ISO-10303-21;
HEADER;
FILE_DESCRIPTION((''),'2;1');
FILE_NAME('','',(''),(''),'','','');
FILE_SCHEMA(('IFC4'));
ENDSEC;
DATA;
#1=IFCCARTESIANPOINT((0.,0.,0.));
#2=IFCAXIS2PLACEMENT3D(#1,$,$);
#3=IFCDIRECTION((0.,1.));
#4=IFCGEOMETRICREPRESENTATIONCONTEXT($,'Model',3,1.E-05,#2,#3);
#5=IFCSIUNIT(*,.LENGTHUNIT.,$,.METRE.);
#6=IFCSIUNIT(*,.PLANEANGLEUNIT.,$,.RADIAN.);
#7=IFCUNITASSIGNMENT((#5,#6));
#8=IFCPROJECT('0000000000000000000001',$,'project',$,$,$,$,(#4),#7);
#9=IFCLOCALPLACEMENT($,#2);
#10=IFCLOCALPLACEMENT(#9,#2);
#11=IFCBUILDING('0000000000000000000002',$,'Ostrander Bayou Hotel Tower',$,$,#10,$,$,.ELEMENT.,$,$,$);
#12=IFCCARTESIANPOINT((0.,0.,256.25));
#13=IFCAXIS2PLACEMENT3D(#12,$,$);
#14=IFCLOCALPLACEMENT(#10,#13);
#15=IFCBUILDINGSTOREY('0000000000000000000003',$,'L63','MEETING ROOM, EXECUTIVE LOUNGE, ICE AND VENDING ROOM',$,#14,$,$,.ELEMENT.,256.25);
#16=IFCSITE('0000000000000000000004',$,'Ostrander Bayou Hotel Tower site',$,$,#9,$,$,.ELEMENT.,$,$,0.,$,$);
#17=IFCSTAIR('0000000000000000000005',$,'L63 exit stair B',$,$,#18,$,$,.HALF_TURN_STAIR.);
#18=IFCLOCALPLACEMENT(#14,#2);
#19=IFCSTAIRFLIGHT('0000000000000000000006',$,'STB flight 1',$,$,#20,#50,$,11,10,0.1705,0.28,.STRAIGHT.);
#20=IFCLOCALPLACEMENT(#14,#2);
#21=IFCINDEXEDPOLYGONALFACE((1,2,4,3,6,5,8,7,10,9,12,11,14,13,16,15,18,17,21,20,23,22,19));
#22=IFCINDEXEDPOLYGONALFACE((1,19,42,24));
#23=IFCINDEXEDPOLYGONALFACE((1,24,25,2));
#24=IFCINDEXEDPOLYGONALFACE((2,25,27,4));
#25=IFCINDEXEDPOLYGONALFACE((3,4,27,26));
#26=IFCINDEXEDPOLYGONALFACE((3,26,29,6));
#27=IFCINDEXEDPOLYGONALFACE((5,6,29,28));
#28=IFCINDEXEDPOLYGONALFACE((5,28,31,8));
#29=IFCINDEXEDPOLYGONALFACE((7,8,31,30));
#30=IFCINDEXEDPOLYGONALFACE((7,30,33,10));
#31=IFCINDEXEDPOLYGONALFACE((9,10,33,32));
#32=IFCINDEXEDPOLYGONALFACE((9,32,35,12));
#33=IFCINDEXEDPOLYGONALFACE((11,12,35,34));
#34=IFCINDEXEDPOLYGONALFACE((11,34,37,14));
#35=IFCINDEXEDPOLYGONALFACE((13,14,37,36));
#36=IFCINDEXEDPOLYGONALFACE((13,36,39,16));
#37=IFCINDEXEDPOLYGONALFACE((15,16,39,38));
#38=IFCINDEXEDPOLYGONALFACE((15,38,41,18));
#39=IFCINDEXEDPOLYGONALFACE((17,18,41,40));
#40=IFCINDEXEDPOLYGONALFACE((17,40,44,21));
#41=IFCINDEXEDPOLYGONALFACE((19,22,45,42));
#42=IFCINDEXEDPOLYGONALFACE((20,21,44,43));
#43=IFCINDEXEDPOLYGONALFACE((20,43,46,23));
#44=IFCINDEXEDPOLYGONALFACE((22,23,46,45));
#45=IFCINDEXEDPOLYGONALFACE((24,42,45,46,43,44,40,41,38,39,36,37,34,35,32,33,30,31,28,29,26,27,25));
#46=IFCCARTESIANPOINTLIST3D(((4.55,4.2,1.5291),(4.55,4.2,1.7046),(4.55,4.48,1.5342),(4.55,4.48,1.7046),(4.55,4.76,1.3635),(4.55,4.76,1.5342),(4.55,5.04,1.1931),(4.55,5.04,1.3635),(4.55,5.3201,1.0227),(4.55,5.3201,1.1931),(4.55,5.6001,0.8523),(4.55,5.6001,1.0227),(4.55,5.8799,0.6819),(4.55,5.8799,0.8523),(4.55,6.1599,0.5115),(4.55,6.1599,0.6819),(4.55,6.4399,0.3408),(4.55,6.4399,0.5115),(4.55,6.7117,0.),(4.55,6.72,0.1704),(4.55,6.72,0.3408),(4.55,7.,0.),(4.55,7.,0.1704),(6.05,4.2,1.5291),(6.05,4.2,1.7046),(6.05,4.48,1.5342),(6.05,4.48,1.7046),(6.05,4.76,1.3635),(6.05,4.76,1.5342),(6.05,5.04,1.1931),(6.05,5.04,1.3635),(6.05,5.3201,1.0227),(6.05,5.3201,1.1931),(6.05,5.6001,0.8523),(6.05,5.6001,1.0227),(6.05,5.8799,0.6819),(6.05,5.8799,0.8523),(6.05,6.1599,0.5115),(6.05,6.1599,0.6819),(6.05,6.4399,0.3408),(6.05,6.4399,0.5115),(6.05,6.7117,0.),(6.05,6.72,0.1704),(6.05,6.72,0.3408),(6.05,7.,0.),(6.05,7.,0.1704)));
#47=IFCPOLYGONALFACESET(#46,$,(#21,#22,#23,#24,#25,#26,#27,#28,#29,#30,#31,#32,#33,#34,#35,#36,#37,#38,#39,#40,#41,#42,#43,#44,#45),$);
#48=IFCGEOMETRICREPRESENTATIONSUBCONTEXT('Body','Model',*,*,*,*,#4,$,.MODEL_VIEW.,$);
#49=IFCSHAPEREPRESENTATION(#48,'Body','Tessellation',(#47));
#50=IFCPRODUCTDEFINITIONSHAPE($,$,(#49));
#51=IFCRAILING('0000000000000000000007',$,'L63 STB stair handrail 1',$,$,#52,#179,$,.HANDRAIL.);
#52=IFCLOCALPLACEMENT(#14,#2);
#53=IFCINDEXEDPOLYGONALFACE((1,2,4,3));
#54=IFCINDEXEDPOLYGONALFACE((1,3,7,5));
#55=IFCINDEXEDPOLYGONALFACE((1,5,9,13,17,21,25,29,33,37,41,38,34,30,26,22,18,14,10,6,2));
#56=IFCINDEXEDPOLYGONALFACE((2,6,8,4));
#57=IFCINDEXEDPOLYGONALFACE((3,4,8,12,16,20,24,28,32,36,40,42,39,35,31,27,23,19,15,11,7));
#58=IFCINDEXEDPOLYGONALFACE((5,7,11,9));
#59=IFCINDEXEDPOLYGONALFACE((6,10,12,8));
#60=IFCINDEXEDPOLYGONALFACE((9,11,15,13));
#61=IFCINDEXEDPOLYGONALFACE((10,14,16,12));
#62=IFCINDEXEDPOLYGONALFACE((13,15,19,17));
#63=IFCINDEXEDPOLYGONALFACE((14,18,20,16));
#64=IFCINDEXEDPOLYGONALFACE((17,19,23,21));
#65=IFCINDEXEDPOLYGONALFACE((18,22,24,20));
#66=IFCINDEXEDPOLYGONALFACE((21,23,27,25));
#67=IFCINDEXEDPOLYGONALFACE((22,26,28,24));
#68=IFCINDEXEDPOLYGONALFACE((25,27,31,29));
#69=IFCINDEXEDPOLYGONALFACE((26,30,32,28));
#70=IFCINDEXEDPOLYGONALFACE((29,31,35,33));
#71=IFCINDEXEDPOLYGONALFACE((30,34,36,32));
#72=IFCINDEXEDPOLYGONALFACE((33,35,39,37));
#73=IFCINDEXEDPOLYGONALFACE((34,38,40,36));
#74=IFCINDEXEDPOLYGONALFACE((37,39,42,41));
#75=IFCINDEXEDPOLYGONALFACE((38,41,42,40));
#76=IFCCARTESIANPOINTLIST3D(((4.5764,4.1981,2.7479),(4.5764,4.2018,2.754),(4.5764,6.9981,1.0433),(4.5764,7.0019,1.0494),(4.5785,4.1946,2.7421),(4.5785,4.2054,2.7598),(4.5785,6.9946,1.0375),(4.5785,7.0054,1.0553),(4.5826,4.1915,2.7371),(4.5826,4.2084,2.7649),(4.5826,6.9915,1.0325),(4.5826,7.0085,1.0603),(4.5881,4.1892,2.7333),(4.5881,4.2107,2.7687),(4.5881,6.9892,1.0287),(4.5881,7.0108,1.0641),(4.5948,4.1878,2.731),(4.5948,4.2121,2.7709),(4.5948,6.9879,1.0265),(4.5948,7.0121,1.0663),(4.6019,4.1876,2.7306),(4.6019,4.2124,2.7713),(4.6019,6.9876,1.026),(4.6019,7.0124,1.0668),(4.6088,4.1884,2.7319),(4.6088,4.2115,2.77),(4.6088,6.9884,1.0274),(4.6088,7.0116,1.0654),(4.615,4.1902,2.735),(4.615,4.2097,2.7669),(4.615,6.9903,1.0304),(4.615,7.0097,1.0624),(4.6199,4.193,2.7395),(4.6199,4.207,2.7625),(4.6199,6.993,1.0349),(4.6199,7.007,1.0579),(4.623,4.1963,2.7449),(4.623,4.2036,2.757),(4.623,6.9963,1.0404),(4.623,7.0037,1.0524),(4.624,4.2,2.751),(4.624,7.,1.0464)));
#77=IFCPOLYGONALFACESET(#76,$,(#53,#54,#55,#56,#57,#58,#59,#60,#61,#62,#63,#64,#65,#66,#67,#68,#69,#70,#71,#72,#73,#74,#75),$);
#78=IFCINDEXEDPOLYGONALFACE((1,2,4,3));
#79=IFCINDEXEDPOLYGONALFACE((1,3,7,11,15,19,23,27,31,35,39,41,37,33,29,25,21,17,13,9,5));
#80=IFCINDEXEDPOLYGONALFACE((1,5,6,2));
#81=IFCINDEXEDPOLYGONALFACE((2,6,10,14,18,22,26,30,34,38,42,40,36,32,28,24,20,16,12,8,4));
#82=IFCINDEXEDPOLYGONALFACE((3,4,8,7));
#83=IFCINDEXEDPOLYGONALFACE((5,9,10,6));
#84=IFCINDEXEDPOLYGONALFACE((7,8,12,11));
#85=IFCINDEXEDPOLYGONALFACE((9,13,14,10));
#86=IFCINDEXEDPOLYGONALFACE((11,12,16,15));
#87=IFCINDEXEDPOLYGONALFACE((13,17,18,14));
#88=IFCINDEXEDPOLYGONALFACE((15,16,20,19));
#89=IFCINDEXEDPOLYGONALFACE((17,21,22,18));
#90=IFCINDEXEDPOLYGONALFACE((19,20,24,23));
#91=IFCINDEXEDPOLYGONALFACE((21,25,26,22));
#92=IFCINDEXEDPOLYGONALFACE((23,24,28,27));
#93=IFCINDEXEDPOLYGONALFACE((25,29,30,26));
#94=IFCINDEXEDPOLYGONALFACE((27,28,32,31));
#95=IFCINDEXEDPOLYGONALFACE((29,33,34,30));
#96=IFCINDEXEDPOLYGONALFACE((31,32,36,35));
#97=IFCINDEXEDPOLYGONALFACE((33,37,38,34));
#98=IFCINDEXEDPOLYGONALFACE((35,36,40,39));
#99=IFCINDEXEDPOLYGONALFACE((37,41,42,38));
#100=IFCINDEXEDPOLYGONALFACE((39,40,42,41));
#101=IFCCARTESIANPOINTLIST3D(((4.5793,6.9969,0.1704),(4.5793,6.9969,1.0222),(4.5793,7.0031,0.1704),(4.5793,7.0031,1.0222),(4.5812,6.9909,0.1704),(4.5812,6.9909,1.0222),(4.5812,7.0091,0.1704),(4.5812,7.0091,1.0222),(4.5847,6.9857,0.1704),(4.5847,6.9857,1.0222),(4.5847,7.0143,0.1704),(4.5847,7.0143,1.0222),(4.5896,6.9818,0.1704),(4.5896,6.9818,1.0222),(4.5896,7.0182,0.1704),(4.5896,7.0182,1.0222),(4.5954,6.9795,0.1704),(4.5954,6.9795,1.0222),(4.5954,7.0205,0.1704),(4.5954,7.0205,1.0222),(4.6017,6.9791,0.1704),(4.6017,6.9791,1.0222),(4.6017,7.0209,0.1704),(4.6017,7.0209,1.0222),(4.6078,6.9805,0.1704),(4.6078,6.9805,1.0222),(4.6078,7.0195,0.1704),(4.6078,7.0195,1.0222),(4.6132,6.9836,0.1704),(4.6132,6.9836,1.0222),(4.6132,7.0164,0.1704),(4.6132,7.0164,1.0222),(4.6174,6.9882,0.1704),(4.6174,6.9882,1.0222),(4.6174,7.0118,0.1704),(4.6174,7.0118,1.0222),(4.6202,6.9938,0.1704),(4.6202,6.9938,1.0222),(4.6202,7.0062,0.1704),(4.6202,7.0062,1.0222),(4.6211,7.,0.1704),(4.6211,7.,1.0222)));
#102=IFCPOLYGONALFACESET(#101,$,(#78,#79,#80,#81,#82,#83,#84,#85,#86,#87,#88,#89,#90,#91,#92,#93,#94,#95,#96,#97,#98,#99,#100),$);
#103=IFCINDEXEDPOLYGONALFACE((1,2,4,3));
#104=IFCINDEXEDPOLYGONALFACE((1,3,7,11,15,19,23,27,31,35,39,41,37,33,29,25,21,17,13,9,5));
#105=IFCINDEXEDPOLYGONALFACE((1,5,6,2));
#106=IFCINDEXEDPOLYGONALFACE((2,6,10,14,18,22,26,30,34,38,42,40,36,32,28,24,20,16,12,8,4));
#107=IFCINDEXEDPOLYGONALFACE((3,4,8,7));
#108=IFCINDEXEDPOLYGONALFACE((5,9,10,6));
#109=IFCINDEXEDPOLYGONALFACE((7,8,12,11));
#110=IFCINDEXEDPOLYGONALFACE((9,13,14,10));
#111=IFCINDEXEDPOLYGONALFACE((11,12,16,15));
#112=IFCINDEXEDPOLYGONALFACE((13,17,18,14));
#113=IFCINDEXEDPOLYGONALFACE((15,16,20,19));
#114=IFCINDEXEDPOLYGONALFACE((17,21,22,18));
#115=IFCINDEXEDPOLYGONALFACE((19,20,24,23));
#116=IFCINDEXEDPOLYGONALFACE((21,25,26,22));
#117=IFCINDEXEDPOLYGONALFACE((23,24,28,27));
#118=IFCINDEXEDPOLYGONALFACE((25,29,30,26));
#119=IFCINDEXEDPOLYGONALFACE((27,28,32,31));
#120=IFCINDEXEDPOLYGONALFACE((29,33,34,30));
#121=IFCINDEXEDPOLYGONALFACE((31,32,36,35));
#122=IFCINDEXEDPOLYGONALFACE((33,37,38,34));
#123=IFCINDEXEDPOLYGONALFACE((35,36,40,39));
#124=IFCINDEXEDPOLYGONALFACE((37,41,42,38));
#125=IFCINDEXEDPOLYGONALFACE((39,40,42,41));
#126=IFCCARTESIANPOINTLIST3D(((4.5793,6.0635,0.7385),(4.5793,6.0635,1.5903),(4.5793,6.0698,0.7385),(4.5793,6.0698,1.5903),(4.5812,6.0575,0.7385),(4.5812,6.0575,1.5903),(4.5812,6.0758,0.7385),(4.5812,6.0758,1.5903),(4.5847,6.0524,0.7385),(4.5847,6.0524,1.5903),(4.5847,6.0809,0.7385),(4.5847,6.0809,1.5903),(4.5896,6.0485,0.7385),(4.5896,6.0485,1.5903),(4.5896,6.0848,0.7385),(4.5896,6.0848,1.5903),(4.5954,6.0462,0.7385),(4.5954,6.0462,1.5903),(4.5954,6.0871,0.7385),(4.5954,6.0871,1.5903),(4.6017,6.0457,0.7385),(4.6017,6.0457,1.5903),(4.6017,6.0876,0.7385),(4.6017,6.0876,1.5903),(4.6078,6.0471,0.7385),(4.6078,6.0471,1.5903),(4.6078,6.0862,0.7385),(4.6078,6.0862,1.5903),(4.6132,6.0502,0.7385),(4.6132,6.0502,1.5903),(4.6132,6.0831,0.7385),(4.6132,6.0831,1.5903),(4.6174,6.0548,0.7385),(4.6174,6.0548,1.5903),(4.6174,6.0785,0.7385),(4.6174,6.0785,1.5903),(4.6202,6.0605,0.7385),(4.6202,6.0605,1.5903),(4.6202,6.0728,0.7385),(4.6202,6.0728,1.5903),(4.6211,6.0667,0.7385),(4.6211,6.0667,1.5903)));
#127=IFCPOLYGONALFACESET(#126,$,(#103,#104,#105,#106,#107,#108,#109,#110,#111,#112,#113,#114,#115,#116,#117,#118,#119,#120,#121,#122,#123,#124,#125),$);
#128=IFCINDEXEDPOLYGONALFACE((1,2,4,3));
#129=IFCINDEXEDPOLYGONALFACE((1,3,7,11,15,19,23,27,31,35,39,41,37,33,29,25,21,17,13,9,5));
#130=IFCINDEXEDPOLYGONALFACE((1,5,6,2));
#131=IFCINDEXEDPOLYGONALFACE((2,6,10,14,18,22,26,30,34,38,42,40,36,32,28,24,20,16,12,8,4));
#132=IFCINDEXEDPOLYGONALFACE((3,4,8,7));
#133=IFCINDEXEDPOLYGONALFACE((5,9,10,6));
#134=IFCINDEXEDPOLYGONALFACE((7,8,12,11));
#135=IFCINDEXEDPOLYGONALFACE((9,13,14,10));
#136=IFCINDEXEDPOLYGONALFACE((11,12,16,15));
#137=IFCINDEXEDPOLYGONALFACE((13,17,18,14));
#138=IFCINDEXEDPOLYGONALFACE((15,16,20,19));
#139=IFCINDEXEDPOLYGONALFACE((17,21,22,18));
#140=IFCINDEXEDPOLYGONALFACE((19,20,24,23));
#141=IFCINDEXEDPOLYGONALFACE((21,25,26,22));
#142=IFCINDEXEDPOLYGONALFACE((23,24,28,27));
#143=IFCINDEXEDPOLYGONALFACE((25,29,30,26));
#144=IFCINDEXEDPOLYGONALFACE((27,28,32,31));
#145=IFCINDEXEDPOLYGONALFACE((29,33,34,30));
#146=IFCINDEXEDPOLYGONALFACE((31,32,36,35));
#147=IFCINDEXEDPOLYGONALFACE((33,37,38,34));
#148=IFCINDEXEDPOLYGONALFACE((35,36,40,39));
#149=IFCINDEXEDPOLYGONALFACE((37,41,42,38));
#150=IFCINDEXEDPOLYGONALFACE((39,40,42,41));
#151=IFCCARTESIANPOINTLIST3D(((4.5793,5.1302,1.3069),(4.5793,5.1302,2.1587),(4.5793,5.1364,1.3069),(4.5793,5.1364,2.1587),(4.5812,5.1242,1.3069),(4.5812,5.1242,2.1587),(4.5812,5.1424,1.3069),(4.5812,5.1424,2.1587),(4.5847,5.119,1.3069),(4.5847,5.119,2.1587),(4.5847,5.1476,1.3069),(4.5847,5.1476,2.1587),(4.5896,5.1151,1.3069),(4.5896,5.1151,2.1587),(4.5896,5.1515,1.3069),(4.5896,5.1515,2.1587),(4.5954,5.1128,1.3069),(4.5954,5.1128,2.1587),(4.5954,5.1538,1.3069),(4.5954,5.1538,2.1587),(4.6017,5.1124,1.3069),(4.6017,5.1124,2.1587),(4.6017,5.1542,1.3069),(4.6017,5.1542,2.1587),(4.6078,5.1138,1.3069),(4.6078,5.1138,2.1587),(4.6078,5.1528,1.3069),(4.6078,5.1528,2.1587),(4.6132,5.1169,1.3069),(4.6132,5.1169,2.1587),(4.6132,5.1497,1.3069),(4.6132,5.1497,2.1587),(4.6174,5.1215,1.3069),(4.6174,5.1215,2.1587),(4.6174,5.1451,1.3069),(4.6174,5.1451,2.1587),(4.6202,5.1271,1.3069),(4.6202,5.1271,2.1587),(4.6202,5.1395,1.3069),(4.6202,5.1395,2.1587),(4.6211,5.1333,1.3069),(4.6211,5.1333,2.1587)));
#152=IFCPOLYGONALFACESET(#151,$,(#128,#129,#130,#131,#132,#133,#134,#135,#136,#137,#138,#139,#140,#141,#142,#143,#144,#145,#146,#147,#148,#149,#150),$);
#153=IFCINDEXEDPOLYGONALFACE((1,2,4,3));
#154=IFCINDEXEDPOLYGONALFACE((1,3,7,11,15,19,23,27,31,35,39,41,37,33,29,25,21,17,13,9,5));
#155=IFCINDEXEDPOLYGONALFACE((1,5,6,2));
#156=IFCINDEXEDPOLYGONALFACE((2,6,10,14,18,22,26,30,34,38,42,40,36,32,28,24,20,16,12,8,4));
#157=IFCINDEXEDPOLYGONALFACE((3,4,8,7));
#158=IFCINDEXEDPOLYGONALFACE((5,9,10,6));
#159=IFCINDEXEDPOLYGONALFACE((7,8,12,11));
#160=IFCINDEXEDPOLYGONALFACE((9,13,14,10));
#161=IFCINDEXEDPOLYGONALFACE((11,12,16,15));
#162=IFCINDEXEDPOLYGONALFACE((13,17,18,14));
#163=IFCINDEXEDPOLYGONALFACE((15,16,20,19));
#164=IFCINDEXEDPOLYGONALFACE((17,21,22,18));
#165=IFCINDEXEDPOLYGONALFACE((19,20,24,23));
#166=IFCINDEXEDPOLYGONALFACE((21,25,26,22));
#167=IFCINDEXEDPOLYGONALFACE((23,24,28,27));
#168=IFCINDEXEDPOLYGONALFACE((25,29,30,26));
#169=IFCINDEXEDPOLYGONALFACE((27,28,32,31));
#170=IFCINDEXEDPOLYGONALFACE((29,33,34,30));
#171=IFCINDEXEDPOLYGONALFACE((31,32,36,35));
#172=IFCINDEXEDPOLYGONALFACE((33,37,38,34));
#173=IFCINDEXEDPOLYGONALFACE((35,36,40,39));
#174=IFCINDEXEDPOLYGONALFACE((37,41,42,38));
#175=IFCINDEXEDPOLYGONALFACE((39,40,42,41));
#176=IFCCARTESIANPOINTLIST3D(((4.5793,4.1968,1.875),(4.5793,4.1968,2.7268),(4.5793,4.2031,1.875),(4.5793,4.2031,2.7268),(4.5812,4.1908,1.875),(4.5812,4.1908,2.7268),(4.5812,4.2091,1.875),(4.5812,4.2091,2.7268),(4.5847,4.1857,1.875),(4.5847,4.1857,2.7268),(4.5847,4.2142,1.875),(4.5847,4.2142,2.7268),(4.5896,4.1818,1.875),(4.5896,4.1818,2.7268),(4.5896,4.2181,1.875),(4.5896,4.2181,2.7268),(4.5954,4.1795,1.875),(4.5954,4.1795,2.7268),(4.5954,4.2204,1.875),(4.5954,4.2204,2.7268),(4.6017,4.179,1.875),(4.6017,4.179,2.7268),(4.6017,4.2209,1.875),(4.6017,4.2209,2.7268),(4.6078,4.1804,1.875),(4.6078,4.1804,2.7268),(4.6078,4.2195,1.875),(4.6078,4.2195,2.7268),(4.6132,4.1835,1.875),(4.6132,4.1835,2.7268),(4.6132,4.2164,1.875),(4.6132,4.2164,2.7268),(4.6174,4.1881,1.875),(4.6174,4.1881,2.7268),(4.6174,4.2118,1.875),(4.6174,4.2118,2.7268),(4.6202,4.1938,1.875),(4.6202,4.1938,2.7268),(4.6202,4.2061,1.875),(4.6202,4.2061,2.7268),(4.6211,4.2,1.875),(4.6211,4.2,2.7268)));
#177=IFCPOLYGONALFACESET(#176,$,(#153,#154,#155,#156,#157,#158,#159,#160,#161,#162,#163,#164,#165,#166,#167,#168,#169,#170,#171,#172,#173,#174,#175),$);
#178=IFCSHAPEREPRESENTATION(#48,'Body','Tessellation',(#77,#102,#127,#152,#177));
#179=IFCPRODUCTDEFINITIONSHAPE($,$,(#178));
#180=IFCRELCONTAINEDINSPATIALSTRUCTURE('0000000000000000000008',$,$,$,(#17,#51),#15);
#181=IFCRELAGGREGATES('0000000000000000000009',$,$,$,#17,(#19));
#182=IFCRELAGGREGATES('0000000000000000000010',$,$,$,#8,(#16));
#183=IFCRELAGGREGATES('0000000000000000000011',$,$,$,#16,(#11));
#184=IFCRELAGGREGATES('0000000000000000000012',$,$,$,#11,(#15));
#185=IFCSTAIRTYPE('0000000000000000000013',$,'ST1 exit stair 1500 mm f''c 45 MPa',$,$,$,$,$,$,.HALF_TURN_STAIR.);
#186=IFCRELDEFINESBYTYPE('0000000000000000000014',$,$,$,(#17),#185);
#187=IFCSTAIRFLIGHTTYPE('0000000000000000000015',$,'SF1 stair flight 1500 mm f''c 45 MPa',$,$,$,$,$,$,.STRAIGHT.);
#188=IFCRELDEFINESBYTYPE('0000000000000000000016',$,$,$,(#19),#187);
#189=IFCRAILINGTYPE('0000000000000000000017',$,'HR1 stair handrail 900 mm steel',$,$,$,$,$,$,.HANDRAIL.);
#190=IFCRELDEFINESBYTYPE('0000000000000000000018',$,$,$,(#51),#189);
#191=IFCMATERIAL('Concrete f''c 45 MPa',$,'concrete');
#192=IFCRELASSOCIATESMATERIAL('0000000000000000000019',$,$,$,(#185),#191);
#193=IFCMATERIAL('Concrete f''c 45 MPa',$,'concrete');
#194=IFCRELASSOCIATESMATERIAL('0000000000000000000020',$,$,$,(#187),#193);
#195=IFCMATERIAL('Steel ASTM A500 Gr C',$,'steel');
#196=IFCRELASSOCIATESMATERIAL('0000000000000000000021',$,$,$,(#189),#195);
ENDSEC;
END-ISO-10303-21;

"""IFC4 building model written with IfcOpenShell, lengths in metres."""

from ifc_helpers import new_model, si_unit, direction, frame, origin, origin_2d, place, context, subcontext, project, spatial, polyline, circle, outline, extrude, material, type_object, element, aggregate, save


model = new_model("IFC4")

# Units and contexts
model_context = context("Model", 3, precision=1e-05, world=origin(), true_north=direction((0.0, 1.0)))
body_context = subcontext(model_context, "Body", "Model", "MODEL_VIEW")
ifc_project = project(units=[si_unit("LENGTHUNIT", "METRE"), si_unit("PLANEANGLEUNIT", "RADIAN")], contexts=[model_context])

# Site, building, storey
site_placement = place(None, origin())
site = spatial("IfcSite", under=ifc_project, at=site_placement, Name="Ostrander Bayou Hotel Tower site", CompositionType="ELEMENT", RefElevation=0.0)
building_placement = place(site_placement, origin())
building = spatial("IfcBuilding", under=site, at=building_placement, Name="Ostrander Bayou Hotel Tower", CompositionType="ELEMENT")
storey_placement = place(building_placement, frame((0.0, 0.0, 256.25)))
storey = spatial("IfcBuildingStorey", under=building, at=storey_placement, Name="L63", Description="MEETING ROOM, EXECUTIVE LOUNGE, ICE AND VENDING ROOM", CompositionType="ELEMENT", Elevation=256.25)

# Stair, stair flight
ifc_material_1 = material(Name="Concrete f'c 45 MPa", Category="concrete")
stair_type = type_object("IfcStairType", Name="ST1 exit stair 1500 mm f'c 45 MPa", PredefinedType="HALF_TURN_STAIR", material=ifc_material_1)
stair_placement = place(storey_placement, origin())
stair = element("IfcStair", 1, at=stair_placement, inside=storey, type_object=stair_type, Name="L63 exit stair B", PredefinedType="HALF_TURN_STAIR")
ifc_material_2 = material(Name="Concrete f'c 45 MPa", Category="concrete")
stair_flight_type = type_object("IfcStairFlightType", Name="SF1 stair flight 1500 mm f'c 45 MPa", PredefinedType="STRAIGHT", material=ifc_material_2)
stair_flight_placement = place(storey_placement, frame((5.3, 7.0, 0.0), z_axis=(0.0, 0.0, 1.0), x_axis=(0.0, -1.0, 0.0)))
stair_flight = element("IfcStairFlight", 2, at=stair_flight_placement, type_object=stair_flight_type, Name="STB flight 1", NumberOfRisers=11, NumberOfTreads=10, PredefinedType="STRAIGHT", RiserHeight=0.1705, TreadLength=0.28, context=body_context, shape_type="SweptSolid", body=[
    extrude(outline(polyline([(0.0, 0.0), (0.0, 0.1704), (0.28, 0.1704), (0.28, 0.3408), (0.5601, 0.3408), (0.5601, 0.5115), (0.8401, 0.5115), (0.8401, 0.6819), (1.1201, 0.6819), (1.1201, 0.8523), (1.3999, 0.8523), (1.3999, 1.0227), (1.6799, 1.0227), (1.6799, 1.1931), (1.96, 1.1931), (1.96, 1.3635), (2.24, 1.3635), (2.24, 1.5342), (2.52, 1.5342), (2.52, 1.7046), (2.8, 1.7046), (2.8, 1.875), (2.8, 1.5291), (0.2883, 0.0), (0.0, 0.0)])), frame((0.0, 0.75, 0.0), z_axis=(0.0, -1.0, 0.0), x_axis=(1.0, 0.0, 0.0)), (0.0, 0.0, 1.0), 1.5),
])
aggregate(stair, [stair_flight])

# Railing
ifc_material_3 = material(Name="Steel ASTM A500 Gr C", Category="steel")
railing_type = type_object("IfcRailingType", Name="HR1 stair handrail 900 mm steel", PredefinedType="HANDRAIL", material=ifc_material_3)
railing_placement = place(storey_placement, frame((4.6001, 7.0, 0.1704)))
element("IfcRailing", 3, at=railing_placement, inside=storey, type_object=railing_type, Name="L63 STB stair handrail 1", PredefinedType="HANDRAIL", context=body_context, shape_type="SweptSolid", body=[
    extrude(circle(Radius=0.0239, at=origin_2d()), frame((0.0, 0.0, 0.876), z_axis=(0.0, -0.85417, 0.519994), x_axis=(1.0, 0.0, 0.0)), (0.0, 0.0, 1.0), 3.2781),
    extrude(circle(Radius=0.021, at=origin_2d()), origin(), (0.0, 0.0, 1.0), 0.8518),
    extrude(circle(Radius=0.021, at=origin_2d()), frame((0.0, -0.9333, 0.5681)), (0.0, 0.0, 1.0), 0.8518),
    extrude(circle(Radius=0.021, at=origin_2d()), frame((0.0, -1.8667, 1.1365)), (0.0, 0.0, 1.0), 0.8518),
    extrude(circle(Radius=0.021, at=origin_2d()), frame((0.0, -2.8, 1.7046)), (0.0, 0.0, 1.0), 0.8518),
])

save(model, "model.ifc")
